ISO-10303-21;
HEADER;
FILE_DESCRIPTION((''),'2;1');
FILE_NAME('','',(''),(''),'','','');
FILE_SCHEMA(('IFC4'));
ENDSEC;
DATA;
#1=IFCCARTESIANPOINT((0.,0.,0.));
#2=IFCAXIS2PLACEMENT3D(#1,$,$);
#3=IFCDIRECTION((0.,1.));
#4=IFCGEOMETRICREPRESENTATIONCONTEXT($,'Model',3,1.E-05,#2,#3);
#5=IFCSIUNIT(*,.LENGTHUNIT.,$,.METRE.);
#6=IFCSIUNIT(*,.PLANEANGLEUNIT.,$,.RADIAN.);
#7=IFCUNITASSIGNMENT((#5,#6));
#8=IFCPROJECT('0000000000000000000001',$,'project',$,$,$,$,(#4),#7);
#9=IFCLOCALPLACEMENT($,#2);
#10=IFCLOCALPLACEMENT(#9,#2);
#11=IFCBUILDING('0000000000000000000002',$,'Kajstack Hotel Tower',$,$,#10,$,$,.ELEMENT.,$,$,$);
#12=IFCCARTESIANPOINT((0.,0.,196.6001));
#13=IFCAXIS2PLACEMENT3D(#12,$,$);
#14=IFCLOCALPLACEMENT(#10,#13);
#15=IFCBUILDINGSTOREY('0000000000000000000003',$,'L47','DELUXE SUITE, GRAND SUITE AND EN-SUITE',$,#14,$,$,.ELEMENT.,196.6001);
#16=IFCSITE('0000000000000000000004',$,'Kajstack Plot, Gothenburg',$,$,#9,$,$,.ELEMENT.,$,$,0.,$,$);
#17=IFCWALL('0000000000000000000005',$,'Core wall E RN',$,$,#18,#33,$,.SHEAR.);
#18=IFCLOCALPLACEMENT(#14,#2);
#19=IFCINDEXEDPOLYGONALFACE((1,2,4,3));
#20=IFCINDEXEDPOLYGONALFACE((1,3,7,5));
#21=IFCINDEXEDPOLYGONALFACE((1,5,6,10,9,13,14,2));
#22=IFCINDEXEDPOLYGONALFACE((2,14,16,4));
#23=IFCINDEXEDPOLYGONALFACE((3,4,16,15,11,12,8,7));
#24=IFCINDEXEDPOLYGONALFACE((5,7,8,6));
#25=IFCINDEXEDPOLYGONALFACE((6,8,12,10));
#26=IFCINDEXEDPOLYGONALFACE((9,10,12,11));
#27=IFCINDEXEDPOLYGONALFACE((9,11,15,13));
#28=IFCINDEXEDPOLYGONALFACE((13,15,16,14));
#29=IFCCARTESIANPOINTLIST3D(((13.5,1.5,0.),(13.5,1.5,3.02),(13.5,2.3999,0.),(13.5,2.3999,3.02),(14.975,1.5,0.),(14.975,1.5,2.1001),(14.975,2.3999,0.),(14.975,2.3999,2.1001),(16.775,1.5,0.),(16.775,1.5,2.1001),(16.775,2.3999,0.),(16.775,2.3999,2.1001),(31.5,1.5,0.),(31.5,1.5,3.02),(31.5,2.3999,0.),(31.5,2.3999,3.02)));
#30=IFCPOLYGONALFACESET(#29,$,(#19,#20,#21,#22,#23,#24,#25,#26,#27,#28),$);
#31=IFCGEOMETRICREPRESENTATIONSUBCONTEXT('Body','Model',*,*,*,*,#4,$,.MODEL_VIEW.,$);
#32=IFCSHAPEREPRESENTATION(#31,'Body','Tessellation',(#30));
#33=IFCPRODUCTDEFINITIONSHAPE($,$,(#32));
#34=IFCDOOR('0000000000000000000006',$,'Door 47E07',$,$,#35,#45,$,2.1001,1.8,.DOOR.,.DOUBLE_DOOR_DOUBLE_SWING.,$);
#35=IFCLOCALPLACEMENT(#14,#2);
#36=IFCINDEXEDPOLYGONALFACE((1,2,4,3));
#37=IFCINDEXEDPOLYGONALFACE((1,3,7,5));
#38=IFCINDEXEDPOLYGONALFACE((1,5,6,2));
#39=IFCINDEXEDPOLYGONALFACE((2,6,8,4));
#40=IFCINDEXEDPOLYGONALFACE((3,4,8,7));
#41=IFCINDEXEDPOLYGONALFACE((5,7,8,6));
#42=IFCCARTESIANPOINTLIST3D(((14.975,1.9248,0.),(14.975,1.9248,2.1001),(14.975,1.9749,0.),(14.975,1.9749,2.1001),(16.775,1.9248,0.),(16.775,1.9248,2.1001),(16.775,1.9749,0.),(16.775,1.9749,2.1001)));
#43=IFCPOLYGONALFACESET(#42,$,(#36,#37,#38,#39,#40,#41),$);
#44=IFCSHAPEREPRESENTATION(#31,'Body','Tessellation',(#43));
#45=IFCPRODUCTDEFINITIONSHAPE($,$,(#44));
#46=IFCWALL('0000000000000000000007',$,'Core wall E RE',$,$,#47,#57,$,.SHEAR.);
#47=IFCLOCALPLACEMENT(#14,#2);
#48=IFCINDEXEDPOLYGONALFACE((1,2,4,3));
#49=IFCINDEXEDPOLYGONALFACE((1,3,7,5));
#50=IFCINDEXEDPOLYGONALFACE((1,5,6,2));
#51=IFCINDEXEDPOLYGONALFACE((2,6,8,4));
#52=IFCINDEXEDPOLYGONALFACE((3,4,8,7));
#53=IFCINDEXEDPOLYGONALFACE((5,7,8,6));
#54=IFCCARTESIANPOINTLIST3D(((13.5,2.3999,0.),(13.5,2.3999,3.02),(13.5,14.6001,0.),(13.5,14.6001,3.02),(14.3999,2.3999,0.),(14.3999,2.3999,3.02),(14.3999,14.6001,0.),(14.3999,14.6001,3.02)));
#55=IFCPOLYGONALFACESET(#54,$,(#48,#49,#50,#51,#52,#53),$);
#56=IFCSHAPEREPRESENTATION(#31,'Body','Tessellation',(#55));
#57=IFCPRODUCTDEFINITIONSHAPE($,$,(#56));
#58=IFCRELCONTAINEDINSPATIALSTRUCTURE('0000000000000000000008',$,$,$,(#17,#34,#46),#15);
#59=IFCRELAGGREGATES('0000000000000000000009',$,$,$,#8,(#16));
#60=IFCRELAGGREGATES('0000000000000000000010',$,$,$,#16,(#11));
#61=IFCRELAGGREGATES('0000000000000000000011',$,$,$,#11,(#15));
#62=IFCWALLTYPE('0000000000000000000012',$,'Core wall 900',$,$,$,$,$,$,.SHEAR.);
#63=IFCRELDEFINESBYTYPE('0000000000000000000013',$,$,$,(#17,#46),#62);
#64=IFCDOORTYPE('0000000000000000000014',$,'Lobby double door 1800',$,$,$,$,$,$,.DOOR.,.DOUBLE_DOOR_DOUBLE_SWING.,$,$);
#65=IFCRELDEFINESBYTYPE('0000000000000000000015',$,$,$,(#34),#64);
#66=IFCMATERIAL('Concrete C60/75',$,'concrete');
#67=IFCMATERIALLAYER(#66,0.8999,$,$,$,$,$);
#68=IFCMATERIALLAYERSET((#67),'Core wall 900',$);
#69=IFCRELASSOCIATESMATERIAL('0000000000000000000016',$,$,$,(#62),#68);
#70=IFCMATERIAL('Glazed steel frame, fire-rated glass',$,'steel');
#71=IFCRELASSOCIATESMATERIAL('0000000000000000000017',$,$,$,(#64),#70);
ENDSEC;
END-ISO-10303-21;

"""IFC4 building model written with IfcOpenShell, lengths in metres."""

from ifc_helpers import new_model, si_unit, direction, frame, frame_2d, origin, place, context, subcontext, project, spatial, rectangle, extrude, material, layer, layer_set, type_object, element, fill, save


model = new_model("IFC4")

# Units and contexts
model_context = context("Model", 3, precision=1e-05, world=origin(), true_north=direction((0.0, 1.0)))
body_context = subcontext(model_context, "Body", "Model", "MODEL_VIEW")
ifc_project = project(units=[si_unit("LENGTHUNIT", "METRE"), si_unit("PLANEANGLEUNIT", "RADIAN")], contexts=[model_context])

# Site, building, storey
site_placement = place(None, origin())
site = spatial("IfcSite", under=ifc_project, at=site_placement, Name="Kajstack Plot, Gothenburg", CompositionType="ELEMENT", RefElevation=0.0)
building_placement = place(site_placement, origin())
building = spatial("IfcBuilding", under=site, at=building_placement, Name="Kajstack Hotel Tower", CompositionType="ELEMENT")
storey_placement = place(building_placement, frame((0.0, 0.0, 196.6001)))
storey = spatial("IfcBuildingStorey", under=building, at=storey_placement, Name="L47", Description="DELUXE SUITE, GRAND SUITE AND EN-SUITE", CompositionType="ELEMENT", Elevation=196.6001)

# Wall, opening, door
ifc_material_1 = material(Name="Concrete C60/75", Category="concrete")
ifc_layer_1 = layer(ifc_material_1, 0.8999)
ifc_layer_set_1 = layer_set([ifc_layer_1], Name="Core wall 900")
wall_type_1 = type_object("IfcWallType", Name="Core wall 900", PredefinedType="SHEAR", material=ifc_layer_set_1)
wall_1_placement = place(storey_placement, frame((13.5, 1.95, 0.0), z_axis=(0.0, 0.0, 1.0), x_axis=(1.0, 0.0, 0.0)))
wall_1 = element("IfcWall", 1, at=wall_1_placement, inside=storey, type_object=wall_type_1, Name="Core wall E RN", PredefinedType="SHEAR", context=body_context, shape_type="SweptSolid", body=[
    extrude(rectangle(XDim=18.0, YDim=0.8999, at=frame_2d((9.0, 0.0))), origin(), (0.0, 0.0, 1.0), 3.02),
])
opening_1_placement = place(wall_1_placement, frame((1.4751, 0.0, 0.0)))
opening_1 = element("IfcOpeningElement", 2, at=opening_1_placement, cuts=wall_1, PredefinedType="OPENING", context=body_context, shape_type="SweptSolid", body=[
    extrude(rectangle(XDim=1.8, YDim=2.1001, at=frame_2d((0.8999, 1.05))), frame((0.0, 0.46, 0.0), z_axis=(0.0, -1.0, 0.0), x_axis=(1.0, 0.0, 0.0)), (0.0, 0.0, 1.0), 0.9199),
])
ifc_material_2 = material(Name="Glazed steel frame, fire-rated glass", Category="steel")
door_type_1 = type_object("IfcDoorType", Name="Lobby double door 1800", OperationType="DOUBLE_DOOR_DOUBLE_SWING", PredefinedType="DOOR", material=ifc_material_2)
door_1_placement = place(opening_1_placement, origin())
door_1 = element("IfcDoor", 3, at=door_1_placement, inside=storey, type_object=door_type_1, Name="Door 47E07", OperationType="DOUBLE_DOOR_DOUBLE_SWING", OverallHeight=2.1001, OverallWidth=1.8, PredefinedType="DOOR", context=body_context, shape_type="SweptSolid", body=[
    extrude(rectangle(XDim=1.8, YDim=2.1001, at=frame_2d((0.8999, 1.05))), frame((0.0, 0.0249, 0.0), z_axis=(0.0, -1.0, 0.0), x_axis=(1.0, 0.0, 0.0)), (0.0, 0.0, 1.0), 0.05),
])
fill(opening_1, door_1)

# Wall
wall_2_placement = place(storey_placement, frame((13.95, 2.3999, 0.0), z_axis=(0.0, 0.0, 1.0), x_axis=(0.0, 1.0, 0.0)))
element("IfcWall", 4, at=wall_2_placement, inside=storey, type_object=wall_type_1, Name="Core wall E RE", PredefinedType="SHEAR", context=body_context, shape_type="SweptSolid", body=[
    extrude(rectangle(XDim=12.2002, YDim=0.8999, at=frame_2d((6.1001, 0.0))), origin(), (0.0, 0.0, 1.0), 3.02),
])

save(model, "model.ifc")
